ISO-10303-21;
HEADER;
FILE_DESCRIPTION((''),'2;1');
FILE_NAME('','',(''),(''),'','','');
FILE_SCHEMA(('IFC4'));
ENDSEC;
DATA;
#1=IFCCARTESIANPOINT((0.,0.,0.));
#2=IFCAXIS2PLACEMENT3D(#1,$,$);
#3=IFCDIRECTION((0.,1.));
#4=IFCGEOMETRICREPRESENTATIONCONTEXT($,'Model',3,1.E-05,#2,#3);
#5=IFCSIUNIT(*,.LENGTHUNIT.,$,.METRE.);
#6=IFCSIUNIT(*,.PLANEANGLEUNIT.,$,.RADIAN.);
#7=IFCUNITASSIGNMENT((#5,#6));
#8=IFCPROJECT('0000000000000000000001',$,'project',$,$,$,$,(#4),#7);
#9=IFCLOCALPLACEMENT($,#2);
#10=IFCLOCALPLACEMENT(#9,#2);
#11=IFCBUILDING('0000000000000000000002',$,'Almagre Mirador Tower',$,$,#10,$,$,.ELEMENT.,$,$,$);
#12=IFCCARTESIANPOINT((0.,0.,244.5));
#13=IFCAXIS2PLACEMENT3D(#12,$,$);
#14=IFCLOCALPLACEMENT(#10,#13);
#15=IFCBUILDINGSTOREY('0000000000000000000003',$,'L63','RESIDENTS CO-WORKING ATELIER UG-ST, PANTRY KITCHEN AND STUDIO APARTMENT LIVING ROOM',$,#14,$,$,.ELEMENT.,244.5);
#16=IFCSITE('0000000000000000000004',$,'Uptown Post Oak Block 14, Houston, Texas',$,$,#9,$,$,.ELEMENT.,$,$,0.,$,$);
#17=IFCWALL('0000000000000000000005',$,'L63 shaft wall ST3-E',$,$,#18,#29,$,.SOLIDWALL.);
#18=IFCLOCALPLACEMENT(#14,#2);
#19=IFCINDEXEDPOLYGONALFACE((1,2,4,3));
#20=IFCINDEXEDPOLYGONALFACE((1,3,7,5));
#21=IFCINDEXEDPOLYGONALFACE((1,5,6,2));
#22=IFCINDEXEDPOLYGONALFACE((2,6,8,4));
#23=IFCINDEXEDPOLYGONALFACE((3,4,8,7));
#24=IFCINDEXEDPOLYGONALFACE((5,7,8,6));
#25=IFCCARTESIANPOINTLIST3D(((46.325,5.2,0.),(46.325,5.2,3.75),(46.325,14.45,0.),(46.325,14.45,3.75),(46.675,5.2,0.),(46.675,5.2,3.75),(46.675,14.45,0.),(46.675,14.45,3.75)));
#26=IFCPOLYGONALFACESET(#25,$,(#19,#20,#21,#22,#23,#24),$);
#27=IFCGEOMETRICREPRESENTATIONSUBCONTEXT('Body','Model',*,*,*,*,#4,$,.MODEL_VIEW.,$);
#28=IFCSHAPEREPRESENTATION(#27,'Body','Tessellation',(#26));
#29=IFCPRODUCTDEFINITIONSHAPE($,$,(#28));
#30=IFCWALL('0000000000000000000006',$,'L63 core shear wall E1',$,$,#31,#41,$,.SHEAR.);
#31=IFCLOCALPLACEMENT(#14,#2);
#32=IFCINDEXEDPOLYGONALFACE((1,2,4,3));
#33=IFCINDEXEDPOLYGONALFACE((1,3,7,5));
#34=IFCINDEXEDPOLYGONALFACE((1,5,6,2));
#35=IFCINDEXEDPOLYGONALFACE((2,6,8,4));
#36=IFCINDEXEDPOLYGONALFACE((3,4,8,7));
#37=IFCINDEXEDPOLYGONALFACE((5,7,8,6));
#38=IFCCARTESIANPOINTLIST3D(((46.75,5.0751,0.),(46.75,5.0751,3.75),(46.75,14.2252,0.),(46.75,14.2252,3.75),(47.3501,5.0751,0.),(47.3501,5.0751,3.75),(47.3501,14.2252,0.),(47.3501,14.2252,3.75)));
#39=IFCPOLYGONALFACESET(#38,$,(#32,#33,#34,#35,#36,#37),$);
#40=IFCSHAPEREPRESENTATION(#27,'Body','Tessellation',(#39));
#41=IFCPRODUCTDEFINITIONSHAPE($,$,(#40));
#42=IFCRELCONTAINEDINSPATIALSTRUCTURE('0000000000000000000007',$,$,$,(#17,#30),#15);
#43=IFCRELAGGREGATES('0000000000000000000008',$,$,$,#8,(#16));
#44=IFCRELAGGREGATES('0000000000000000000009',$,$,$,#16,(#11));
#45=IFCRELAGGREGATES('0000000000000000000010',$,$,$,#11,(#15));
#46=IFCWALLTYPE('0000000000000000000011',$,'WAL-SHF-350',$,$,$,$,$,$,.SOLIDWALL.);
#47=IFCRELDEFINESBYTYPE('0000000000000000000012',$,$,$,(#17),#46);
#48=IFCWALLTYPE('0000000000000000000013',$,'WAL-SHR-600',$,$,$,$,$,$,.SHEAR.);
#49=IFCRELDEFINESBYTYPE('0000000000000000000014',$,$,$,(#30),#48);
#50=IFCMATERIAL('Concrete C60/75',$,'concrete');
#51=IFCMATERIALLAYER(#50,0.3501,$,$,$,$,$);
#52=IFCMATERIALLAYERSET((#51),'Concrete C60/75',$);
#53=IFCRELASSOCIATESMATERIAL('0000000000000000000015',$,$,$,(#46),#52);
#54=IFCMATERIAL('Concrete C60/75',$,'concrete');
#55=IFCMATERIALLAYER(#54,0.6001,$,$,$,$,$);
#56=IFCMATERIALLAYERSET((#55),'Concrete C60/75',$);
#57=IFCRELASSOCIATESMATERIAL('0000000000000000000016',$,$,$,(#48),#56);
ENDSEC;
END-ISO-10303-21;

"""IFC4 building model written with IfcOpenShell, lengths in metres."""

from ifc_helpers import new_model, si_unit, direction, frame, frame_2d, origin, place, context, subcontext, project, spatial, rectangle, extrude, material, layer, layer_set, type_object, element, save


model = new_model("IFC4")

# Units and contexts
model_context = context("Model", 3, precision=1e-05, world=origin(), true_north=direction((0.0, 1.0)))
body_context = subcontext(model_context, "Body", "Model", "MODEL_VIEW")
ifc_project = project(units=[si_unit("LENGTHUNIT", "METRE"), si_unit("PLANEANGLEUNIT", "RADIAN")], contexts=[model_context])

# Site, building, storey
site_placement = place(None, origin())
site = spatial("IfcSite", under=ifc_project, at=site_placement, Name="Uptown Post Oak Block 14, Houston, Texas", CompositionType="ELEMENT", RefElevation=0.0)
building_placement = place(site_placement, origin())
building = spatial("IfcBuilding", under=site, at=building_placement, Name="Almagre Mirador Tower", CompositionType="ELEMENT")
storey_placement = place(building_placement, frame((0.0, 0.0, 244.5)))
storey = spatial("IfcBuildingStorey", under=building, at=storey_placement, Name="L63", Description="RESIDENTS CO-WORKING ATELIER UG-ST, PANTRY KITCHEN AND STUDIO APARTMENT LIVING ROOM", CompositionType="ELEMENT", Elevation=244.5)

# Walls
ifc_material_1 = material(Name="Concrete C60/75", Category="concrete")
ifc_layer_1 = layer(ifc_material_1, 0.3501)
ifc_layer_set_1 = layer_set([ifc_layer_1], Name="Concrete C60/75")
wall_type_1 = type_object("IfcWallType", Name="WAL-SHF-350", PredefinedType="SOLIDWALL", material=ifc_layer_set_1)
wall_1_placement = place(storey_placement, frame((46.5, 5.2, 0.0), z_axis=(0.0, 0.0, 1.0), x_axis=(0.0, 1.0, 0.0)))
element("IfcWall", 1, at=wall_1_placement, inside=storey, type_object=wall_type_1, Name="L63 shaft wall ST3-E", PredefinedType="SOLIDWALL", context=body_context, shape_type="SweptSolid", body=[
    extrude(rectangle(XDim=9.25, YDim=0.3501, at=frame_2d((4.625, 0.0))), origin(), (0.0, 0.0, 1.0), 3.75),
])
ifc_material_2 = material(Name="Concrete C60/75", Category="concrete")
ifc_layer_2 = layer(ifc_material_2, 0.6001)
ifc_layer_set_2 = layer_set([ifc_layer_2], Name="Concrete C60/75")
wall_type_2 = type_object("IfcWallType", Name="WAL-SHR-600", PredefinedType="SHEAR", material=ifc_layer_set_2)
wall_2_placement = place(storey_placement, frame((47.05, 5.075, 0.0), z_axis=(0.0, 0.0, 1.0), x_axis=(0.0, 1.0, 0.0)))
element("IfcWall", 2, at=wall_2_placement, inside=storey, type_object=wall_type_2, Name="L63 core shear wall E1", PredefinedType="SHEAR", context=body_context, shape_type="SweptSolid", body=[
    extrude(rectangle(XDim=9.1501, YDim=0.6001, at=frame_2d((4.5752, 0.0))), origin(), (0.0, 0.0, 1.0), 3.75),
])

save(model, "model.ifc")
